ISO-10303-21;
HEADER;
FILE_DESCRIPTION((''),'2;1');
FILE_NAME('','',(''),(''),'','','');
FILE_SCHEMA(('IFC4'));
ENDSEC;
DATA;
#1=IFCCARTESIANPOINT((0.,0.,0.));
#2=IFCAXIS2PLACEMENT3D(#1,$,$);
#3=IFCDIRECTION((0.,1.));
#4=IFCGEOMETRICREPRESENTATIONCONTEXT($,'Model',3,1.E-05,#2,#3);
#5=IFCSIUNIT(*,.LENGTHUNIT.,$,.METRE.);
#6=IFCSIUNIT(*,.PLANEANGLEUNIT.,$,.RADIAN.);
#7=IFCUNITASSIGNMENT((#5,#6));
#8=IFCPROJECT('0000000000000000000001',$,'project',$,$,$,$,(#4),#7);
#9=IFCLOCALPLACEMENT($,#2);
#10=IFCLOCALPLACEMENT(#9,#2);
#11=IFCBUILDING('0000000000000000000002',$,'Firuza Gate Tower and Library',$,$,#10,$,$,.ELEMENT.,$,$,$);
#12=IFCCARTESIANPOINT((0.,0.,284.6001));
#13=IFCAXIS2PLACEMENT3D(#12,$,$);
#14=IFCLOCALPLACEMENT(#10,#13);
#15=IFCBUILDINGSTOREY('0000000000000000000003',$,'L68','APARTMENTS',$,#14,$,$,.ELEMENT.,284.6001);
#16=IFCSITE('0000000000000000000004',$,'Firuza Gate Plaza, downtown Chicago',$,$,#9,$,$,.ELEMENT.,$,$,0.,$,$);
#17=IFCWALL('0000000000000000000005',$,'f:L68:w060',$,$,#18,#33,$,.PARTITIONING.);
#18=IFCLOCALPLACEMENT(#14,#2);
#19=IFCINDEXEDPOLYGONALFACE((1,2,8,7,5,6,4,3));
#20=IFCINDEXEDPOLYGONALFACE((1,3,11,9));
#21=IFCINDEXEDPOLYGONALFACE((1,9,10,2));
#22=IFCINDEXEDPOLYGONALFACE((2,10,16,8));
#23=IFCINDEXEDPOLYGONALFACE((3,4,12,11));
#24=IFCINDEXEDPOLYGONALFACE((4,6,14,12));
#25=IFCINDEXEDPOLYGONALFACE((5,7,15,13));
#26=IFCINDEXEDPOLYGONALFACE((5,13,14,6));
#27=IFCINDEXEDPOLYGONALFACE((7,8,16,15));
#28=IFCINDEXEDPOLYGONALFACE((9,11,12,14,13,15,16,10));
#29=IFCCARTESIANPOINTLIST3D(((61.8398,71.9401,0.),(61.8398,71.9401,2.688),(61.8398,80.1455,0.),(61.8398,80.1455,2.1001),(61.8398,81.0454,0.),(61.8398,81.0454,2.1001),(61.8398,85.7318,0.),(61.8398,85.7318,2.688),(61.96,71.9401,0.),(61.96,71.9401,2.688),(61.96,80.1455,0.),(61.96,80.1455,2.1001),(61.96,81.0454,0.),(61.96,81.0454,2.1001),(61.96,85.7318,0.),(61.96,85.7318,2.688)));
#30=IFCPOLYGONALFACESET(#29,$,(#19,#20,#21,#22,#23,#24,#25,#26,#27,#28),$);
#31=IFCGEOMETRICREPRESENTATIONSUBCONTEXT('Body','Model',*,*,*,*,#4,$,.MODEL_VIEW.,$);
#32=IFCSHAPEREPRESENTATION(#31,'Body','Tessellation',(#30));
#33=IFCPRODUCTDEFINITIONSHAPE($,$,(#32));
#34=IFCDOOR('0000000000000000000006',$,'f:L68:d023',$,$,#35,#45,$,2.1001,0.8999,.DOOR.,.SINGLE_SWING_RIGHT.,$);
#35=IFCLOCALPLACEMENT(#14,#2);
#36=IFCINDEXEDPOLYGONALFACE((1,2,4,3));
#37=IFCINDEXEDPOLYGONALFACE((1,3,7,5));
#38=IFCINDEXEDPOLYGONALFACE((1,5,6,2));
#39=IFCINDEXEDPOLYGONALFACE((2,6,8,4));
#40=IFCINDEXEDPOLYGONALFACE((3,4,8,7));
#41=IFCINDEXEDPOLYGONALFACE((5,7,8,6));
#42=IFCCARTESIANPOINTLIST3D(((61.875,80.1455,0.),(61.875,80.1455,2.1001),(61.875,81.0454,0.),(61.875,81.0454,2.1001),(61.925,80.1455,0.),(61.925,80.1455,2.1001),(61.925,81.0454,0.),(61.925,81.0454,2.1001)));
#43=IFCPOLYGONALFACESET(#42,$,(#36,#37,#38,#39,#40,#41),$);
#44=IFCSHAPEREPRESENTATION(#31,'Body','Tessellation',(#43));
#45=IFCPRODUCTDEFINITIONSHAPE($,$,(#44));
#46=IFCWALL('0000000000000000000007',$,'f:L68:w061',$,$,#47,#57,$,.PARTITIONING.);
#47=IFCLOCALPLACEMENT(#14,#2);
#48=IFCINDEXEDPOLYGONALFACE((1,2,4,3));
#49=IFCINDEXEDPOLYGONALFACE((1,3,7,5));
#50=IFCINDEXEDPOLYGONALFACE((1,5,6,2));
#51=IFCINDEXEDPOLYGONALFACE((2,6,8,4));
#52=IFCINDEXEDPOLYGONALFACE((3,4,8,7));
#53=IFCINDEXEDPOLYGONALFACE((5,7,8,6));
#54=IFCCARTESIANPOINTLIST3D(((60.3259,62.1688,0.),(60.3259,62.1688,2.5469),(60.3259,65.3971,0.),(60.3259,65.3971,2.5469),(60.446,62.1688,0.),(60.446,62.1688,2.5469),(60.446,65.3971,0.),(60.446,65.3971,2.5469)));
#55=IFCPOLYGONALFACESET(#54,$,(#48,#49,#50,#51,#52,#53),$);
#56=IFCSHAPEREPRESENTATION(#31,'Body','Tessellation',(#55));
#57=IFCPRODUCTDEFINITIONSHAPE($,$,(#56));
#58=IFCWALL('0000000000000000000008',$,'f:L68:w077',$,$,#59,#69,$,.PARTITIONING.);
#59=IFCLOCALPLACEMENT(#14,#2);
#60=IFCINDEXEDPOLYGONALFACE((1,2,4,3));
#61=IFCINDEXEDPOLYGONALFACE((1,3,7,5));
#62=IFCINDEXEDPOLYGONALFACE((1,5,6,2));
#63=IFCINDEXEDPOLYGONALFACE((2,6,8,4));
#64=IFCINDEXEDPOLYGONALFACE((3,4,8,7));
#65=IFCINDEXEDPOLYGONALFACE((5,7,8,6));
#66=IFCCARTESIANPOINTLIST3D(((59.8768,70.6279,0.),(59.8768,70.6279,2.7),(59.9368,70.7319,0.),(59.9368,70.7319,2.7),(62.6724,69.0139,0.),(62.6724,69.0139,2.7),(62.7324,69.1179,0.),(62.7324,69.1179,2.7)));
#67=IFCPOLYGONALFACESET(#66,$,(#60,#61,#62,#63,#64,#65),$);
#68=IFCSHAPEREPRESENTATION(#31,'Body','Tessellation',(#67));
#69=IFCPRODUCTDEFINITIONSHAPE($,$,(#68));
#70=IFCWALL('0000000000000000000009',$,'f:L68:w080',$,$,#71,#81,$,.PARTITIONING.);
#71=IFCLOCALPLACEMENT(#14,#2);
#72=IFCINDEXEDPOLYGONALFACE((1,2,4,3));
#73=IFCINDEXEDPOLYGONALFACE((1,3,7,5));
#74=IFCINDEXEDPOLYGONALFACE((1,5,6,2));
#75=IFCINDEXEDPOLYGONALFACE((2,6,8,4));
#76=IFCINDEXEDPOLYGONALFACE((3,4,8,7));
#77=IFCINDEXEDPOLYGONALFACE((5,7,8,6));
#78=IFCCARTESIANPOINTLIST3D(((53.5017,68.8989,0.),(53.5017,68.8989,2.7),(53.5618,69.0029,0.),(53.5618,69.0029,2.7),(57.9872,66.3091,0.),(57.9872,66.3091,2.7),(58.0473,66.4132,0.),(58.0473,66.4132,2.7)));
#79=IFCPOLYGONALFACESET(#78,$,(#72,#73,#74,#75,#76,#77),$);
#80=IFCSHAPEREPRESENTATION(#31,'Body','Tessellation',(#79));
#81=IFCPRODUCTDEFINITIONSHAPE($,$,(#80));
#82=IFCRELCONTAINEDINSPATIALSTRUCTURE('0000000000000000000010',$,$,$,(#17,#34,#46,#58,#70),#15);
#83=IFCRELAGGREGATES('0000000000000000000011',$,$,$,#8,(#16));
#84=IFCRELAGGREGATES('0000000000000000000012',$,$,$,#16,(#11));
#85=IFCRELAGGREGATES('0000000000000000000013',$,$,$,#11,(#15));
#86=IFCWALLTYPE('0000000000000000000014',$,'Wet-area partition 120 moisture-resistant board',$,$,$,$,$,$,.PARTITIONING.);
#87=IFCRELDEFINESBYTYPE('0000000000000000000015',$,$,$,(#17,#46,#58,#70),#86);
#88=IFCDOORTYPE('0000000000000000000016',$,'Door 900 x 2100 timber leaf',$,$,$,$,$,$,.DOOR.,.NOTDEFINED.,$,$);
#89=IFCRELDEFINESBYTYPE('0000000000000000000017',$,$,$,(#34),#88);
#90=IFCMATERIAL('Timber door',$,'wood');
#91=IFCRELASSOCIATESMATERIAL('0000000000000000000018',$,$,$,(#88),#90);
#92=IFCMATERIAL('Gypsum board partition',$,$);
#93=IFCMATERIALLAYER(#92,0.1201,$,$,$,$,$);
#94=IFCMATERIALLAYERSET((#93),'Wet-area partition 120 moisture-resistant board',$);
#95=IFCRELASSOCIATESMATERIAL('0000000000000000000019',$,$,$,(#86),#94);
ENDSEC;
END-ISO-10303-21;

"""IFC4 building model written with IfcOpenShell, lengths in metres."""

from ifc_helpers import new_model, si_unit, direction, frame, frame_2d, origin, place, context, subcontext, project, spatial, rectangle, extrude, material, layer, layer_set, type_object, element, fill, save


model = new_model("IFC4")

# Units and contexts
model_context = context("Model", 3, precision=1e-05, world=origin(), true_north=direction((0.0, 1.0)))
body_context = subcontext(model_context, "Body", "Model", "MODEL_VIEW")
ifc_project = project(units=[si_unit("LENGTHUNIT", "METRE"), si_unit("PLANEANGLEUNIT", "RADIAN")], contexts=[model_context])

# Site, building, storey
site_placement = place(None, origin())
site = spatial("IfcSite", under=ifc_project, at=site_placement, Name="Firuza Gate Plaza, downtown Chicago", CompositionType="ELEMENT", RefElevation=0.0)
building_placement = place(site_placement, origin())
building = spatial("IfcBuilding", under=site, at=building_placement, Name="Firuza Gate Tower and Library", CompositionType="ELEMENT")
storey_placement = place(building_placement, frame((0.0, 0.0, 284.6001)))
storey = spatial("IfcBuildingStorey", under=building, at=storey_placement, Name="L68", Description="APARTMENTS", CompositionType="ELEMENT", Elevation=284.6001)

# Shared definitions
ifc_material_1 = material(Name="Timber door", Category="wood")
door_type_1 = type_object("IfcDoorType", Name="Door 900 x 2100 timber leaf", OperationType="NOTDEFINED", PredefinedType="DOOR", material=ifc_material_1)

# Shared definitions
ifc_material_2 = material(Name="Gypsum board partition")
ifc_layer_1 = layer(ifc_material_2, 0.1201)
ifc_layer_set_1 = layer_set([ifc_layer_1], Name="Wet-area partition 120 moisture-resistant board")
wall_type_1 = type_object("IfcWallType", Name="Wet-area partition 120 moisture-resistant board", PredefinedType="PARTITIONING", material=ifc_layer_set_1)

# Wall, opening, door
wall_1_placement = place(storey_placement, frame((61.8999, 71.9399, 0.0), z_axis=(0.0, 0.0, 1.0), x_axis=(0.0, 1.0, 0.0)))
wall_1 = element("IfcWall", 1, at=wall_1_placement, inside=storey, type_object=wall_type_1, Name="f:L68:w060", PredefinedType="PARTITIONING", context=body_context, shape_type="SweptSolid", body=[
    extrude(rectangle(XDim=13.7917, YDim=0.1201, at=frame_2d((6.896, 0.0))), origin(), (0.0, 0.0, 1.0), 2.688),
])
opening_1_placement = place(wall_1_placement, frame((8.2056, 0.0, 0.0)))
opening_1 = element("IfcOpeningElement", 2, at=opening_1_placement, cuts=wall_1, PredefinedType="OPENING", context=body_context, shape_type="SweptSolid", body=[
    extrude(rectangle(XDim=0.8999, YDim=2.1001, at=frame_2d((0.45, 1.05))), frame((0.0, 0.0701, 0.0), z_axis=(0.0, -1.0, 0.0), x_axis=(1.0, 0.0, 0.0)), (0.0, 0.0, 1.0), 0.1401),
])
door_1_placement = place(opening_1_placement, origin())
door_1 = element("IfcDoor", 3, at=door_1_placement, inside=storey, type_object=door_type_1, Name="f:L68:d023", OperationType="SINGLE_SWING_RIGHT", OverallHeight=2.1001, OverallWidth=0.8999, PredefinedType="DOOR", context=body_context, shape_type="SweptSolid", body=[
    extrude(rectangle(XDim=0.8999, YDim=2.1001, at=frame_2d((0.45, 1.05))), frame((0.0, 0.0249, 0.0), z_axis=(0.0, -1.0, 0.0), x_axis=(1.0, 0.0, 0.0)), (0.0, 0.0, 1.0), 0.05),
])
fill(opening_1, door_1)

# Walls
wall_2_placement = place(storey_placement, frame((60.386, 62.1687, 0.0), z_axis=(0.0, 0.0, 1.0), x_axis=(0.0, 1.0, 0.0)))
element("IfcWall", 4, at=wall_2_placement, inside=storey, type_object=wall_type_1, Name="f:L68:w061", PredefinedType="PARTITIONING", context=body_context, shape_type="SweptSolid", body=[
    extrude(rectangle(XDim=3.2283, YDim=0.1201, at=frame_2d((1.6143, 0.0))), origin(), (0.0, 0.0, 1.0), 2.5469),
])
wall_3_placement = place(storey_placement, frame((62.7024, 69.0659, 0.0), z_axis=(0.0, 0.0, 1.0), x_axis=(-0.866033, 0.499987, 0.0)))
element("IfcWall", 5, at=wall_3_placement, inside=storey, type_object=wall_type_1, Name="f:L68:w077", PredefinedType="PARTITIONING", context=body_context, shape_type="SweptSolid", body=[
    extrude(rectangle(XDim=3.228, YDim=0.1201, at=frame_2d((1.614, 0.0))), origin(), (0.0, 0.0, 1.0), 2.7),
])
wall_4_placement = place(storey_placement, frame((58.0173, 66.3611, 0.0), z_axis=(0.0, 0.0, 1.0), x_axis=(-0.866018, 0.500012, 0.0)))
element("IfcWall", 6, at=wall_4_placement, inside=storey, type_object=wall_type_1, Name="f:L68:w080", PredefinedType="PARTITIONING", context=body_context, shape_type="SweptSolid", body=[
    extrude(rectangle(XDim=5.1794, YDim=0.1201, at=frame_2d((2.5898, 0.0))), origin(), (0.0, 0.0, 1.0), 2.7),
])

save(model, "model.ifc")
